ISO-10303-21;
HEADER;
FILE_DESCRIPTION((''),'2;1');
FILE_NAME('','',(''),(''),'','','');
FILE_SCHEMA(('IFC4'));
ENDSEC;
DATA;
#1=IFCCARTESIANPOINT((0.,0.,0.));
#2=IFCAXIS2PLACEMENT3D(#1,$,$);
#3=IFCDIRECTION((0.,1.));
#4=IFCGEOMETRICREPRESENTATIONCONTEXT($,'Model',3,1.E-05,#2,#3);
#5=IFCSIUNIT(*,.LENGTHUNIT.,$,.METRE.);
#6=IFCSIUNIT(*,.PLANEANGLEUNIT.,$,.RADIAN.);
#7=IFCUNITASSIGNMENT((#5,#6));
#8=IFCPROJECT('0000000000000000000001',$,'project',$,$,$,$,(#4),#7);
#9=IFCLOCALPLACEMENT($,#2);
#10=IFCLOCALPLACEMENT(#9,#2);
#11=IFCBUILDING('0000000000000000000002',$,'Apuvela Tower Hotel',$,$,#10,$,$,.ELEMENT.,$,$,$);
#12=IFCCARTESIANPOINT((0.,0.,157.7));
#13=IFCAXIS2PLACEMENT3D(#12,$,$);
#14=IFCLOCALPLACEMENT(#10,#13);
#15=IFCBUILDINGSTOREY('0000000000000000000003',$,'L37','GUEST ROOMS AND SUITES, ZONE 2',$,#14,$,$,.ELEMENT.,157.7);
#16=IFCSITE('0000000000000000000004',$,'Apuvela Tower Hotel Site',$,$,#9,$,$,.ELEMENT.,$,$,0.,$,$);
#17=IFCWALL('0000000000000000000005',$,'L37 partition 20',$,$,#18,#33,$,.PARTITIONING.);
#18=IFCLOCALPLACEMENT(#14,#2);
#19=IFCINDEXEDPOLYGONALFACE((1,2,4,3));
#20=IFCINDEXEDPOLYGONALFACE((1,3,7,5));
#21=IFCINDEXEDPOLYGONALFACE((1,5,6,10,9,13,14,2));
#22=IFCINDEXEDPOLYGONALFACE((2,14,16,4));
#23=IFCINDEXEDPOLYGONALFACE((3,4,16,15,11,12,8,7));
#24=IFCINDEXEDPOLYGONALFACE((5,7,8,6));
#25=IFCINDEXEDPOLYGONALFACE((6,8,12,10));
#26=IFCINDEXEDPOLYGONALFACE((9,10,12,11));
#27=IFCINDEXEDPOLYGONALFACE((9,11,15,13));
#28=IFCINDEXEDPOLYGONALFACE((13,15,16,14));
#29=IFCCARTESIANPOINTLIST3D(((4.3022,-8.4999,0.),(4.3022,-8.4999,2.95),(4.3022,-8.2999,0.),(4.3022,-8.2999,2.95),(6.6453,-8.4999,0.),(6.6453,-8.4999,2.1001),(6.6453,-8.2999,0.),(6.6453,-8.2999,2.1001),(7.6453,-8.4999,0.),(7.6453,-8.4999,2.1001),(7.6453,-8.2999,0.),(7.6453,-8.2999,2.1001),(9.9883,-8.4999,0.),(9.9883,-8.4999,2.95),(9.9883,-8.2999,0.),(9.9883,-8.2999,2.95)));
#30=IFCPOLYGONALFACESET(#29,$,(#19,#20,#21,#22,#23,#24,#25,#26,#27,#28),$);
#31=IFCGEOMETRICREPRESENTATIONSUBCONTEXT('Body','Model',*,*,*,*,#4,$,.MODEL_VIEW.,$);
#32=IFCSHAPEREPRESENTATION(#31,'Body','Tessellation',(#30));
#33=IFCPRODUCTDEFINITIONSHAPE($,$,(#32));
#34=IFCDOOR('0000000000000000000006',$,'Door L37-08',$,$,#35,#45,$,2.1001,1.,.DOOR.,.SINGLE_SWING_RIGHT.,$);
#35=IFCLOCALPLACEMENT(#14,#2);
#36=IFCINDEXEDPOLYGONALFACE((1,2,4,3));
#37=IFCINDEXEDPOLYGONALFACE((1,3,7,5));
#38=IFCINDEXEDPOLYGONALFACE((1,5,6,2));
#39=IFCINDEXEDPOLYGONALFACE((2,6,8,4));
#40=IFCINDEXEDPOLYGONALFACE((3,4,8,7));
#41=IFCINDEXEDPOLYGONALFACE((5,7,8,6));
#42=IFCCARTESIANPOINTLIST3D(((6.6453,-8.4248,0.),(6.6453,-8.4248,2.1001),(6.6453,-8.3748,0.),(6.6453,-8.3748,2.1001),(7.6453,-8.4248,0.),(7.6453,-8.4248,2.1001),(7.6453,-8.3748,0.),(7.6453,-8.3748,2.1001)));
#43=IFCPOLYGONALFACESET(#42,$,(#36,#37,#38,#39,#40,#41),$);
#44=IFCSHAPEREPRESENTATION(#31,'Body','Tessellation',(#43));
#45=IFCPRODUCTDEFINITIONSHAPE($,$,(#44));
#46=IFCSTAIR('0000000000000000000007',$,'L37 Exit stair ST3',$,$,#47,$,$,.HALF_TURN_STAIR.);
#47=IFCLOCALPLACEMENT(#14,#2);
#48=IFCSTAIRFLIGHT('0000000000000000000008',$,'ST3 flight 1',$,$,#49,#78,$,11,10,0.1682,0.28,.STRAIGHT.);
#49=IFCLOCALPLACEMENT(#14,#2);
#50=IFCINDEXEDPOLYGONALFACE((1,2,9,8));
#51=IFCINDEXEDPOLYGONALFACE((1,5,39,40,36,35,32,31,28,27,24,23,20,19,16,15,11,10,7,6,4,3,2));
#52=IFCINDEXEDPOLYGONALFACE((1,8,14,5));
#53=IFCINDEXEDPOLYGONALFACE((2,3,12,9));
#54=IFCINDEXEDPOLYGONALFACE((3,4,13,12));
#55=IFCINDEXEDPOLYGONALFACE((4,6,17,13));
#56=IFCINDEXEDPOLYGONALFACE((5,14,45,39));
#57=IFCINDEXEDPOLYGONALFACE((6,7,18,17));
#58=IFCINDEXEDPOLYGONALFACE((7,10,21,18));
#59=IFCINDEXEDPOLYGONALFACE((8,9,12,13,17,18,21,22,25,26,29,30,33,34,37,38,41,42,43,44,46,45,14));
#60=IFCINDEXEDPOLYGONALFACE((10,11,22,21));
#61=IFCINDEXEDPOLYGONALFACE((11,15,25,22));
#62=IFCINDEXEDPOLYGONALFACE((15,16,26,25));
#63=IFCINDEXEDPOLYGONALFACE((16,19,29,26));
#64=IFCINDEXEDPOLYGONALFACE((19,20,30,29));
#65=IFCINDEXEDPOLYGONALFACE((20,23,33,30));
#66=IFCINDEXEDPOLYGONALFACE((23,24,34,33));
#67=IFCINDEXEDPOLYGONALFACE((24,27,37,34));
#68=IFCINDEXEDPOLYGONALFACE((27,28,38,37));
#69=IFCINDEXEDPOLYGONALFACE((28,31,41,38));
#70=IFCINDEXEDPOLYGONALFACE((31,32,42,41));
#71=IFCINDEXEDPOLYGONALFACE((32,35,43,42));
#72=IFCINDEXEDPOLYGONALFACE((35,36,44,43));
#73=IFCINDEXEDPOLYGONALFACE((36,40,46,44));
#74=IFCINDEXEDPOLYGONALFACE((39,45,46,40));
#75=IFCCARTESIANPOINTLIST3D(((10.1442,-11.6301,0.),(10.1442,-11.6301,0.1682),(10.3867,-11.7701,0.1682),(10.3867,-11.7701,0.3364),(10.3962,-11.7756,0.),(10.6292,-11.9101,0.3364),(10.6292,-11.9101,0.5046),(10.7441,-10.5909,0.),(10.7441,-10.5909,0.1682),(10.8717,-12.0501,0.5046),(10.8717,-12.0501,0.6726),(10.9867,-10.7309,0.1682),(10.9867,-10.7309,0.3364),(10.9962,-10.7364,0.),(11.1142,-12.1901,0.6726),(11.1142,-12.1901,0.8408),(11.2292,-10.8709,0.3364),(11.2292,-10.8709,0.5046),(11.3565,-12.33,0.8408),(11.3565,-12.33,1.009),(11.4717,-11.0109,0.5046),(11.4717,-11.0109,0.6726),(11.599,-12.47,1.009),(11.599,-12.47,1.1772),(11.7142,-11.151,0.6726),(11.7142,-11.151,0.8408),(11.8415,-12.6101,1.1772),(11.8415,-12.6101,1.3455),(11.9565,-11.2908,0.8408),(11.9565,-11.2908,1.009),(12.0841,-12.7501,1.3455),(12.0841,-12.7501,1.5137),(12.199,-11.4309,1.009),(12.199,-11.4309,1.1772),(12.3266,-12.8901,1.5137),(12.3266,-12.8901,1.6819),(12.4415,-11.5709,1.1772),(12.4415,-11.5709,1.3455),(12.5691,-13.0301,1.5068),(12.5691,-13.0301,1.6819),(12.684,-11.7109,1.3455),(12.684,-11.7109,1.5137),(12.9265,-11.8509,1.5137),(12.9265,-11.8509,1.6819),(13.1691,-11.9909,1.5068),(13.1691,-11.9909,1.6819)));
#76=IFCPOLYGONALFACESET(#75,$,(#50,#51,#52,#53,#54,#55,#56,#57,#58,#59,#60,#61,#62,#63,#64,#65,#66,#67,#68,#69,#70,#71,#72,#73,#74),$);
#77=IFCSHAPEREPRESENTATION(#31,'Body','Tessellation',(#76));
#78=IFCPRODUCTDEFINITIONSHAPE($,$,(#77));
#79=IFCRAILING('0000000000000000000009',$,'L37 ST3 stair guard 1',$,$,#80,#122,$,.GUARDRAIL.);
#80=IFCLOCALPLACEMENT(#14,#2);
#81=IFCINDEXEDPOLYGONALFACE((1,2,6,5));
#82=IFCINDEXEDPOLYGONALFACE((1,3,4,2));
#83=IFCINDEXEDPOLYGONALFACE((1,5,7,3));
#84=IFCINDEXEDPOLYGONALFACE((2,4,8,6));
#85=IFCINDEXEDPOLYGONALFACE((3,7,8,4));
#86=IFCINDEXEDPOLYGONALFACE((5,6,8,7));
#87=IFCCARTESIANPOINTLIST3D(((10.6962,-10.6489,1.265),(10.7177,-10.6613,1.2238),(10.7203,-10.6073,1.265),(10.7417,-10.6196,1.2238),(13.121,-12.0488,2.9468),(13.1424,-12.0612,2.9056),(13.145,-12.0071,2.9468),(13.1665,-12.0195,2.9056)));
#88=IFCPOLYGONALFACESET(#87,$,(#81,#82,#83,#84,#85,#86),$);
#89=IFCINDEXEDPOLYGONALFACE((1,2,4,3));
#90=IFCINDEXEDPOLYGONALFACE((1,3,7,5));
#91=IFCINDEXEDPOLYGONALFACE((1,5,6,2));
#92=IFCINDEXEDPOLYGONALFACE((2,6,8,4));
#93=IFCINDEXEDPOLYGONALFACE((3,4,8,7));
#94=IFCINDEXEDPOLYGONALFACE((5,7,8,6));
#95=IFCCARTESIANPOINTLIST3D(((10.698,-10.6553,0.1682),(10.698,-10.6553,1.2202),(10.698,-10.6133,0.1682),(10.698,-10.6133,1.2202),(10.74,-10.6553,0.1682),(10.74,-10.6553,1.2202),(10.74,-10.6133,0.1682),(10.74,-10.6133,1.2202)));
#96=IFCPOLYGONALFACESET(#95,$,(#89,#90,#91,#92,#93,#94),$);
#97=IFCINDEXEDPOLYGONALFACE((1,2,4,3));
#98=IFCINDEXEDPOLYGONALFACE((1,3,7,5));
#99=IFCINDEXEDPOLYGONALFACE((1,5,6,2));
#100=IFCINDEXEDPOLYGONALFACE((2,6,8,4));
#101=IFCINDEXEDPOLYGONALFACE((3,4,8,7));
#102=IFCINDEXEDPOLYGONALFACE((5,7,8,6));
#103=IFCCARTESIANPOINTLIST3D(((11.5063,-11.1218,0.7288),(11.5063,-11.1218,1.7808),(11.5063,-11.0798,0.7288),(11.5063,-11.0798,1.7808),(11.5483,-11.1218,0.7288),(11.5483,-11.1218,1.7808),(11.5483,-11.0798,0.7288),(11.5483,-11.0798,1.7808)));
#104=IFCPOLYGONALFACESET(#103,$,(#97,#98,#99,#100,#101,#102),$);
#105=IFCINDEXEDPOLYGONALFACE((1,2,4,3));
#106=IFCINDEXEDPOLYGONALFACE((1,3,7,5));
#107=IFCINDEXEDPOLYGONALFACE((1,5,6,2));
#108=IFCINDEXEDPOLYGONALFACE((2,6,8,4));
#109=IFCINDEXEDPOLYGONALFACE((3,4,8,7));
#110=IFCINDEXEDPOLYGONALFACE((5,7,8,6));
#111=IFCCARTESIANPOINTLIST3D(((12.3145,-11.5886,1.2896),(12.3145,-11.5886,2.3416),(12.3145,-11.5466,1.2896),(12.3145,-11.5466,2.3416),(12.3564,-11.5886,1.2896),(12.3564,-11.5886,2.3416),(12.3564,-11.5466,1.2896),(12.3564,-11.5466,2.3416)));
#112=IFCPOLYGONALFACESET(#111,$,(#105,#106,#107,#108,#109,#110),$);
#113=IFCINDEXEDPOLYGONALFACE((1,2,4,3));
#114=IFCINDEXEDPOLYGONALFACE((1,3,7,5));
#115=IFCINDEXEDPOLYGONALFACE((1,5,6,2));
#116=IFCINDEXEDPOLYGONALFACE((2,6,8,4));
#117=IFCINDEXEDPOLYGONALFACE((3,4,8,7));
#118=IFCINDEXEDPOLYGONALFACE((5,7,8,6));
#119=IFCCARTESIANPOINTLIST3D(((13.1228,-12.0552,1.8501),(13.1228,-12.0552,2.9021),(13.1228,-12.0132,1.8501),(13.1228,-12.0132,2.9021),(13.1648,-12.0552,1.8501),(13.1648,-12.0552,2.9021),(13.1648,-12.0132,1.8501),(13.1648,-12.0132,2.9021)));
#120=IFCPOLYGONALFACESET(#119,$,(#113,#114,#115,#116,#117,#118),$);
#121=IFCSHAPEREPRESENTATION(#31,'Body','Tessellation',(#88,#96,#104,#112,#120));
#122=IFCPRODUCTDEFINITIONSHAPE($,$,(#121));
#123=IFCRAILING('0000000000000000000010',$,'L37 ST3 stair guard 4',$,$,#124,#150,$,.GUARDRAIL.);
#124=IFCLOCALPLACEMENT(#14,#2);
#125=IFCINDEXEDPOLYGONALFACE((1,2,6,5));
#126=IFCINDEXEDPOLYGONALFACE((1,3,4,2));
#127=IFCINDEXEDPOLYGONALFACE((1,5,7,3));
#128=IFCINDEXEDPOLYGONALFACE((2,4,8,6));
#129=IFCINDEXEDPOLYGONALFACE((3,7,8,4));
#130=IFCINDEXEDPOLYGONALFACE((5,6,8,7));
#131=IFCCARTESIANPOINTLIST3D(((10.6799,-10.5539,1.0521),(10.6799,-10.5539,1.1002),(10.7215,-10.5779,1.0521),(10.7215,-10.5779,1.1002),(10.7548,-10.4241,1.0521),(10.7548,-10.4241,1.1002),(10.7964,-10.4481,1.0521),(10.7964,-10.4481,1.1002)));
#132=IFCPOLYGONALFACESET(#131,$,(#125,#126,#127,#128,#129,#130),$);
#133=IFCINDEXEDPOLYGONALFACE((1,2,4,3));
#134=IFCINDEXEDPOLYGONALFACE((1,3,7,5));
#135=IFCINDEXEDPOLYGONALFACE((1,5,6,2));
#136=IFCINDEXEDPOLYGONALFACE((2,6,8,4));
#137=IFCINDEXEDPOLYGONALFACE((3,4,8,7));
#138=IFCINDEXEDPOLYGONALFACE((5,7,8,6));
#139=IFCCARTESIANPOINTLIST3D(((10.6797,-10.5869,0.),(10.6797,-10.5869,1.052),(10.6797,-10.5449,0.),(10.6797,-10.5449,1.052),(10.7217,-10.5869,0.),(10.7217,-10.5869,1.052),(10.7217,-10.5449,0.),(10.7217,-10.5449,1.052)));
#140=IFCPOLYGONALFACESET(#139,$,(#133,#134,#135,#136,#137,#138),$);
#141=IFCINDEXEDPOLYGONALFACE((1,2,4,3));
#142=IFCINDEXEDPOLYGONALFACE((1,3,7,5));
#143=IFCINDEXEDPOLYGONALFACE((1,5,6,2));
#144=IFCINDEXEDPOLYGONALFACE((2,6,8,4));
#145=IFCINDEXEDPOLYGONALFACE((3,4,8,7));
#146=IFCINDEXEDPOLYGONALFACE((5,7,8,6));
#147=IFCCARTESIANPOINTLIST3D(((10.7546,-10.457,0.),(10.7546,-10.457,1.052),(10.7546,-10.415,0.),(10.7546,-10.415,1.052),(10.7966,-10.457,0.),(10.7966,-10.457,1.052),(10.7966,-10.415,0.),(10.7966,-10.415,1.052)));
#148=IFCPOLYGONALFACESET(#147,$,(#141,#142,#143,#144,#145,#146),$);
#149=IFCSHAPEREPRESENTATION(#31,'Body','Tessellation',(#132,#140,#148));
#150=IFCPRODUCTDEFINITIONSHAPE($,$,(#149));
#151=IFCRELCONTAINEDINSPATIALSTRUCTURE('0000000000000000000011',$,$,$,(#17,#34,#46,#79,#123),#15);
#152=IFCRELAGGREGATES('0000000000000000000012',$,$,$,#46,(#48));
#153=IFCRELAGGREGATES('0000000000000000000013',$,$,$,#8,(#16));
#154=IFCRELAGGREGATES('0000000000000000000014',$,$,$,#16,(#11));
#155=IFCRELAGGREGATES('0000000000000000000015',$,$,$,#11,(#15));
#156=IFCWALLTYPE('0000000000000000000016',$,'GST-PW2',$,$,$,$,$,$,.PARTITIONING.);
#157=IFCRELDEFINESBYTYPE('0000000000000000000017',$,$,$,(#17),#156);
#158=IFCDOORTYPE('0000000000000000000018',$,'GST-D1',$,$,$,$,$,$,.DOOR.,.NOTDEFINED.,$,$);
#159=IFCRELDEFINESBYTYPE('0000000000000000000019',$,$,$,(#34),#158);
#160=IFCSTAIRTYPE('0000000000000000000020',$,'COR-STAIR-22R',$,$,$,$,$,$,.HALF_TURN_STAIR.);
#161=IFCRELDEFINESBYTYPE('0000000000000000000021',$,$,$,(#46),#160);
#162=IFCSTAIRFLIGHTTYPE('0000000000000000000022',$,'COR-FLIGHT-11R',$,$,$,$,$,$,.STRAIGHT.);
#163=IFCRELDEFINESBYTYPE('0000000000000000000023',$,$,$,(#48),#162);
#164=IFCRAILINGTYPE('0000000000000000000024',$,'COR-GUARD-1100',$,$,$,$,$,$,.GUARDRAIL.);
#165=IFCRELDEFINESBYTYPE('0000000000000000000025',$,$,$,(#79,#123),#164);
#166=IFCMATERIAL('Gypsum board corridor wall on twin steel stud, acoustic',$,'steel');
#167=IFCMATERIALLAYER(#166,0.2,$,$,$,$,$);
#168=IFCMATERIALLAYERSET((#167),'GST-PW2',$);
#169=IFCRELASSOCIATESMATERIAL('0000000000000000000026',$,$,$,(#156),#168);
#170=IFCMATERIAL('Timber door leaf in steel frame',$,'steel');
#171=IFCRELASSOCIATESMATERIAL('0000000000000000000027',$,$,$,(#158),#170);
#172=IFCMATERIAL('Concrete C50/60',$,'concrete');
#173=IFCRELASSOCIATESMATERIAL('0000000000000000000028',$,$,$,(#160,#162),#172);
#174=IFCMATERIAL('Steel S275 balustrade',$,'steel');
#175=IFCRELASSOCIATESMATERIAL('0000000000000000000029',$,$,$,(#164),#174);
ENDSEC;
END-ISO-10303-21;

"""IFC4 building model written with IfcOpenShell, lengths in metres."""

from ifc_helpers import new_model, si_unit, direction, frame, frame_2d, origin, origin_2d, place, context, subcontext, project, spatial, polyline, rectangle, outline, extrude, material, layer, layer_set, type_object, element, fill, aggregate, save


model = new_model("IFC4")

# Units and contexts
model_context = context("Model", 3, precision=1e-05, world=origin(), true_north=direction((0.0, 1.0)))
body_context = subcontext(model_context, "Body", "Model", "MODEL_VIEW")
ifc_project = project(units=[si_unit("LENGTHUNIT", "METRE"), si_unit("PLANEANGLEUNIT", "RADIAN")], contexts=[model_context])

# Site, building, storey
site_placement = place(None, origin())
site = spatial("IfcSite", under=ifc_project, at=site_placement, Name="Apuvela Tower Hotel Site", CompositionType="ELEMENT", RefElevation=0.0)
building_placement = place(site_placement, origin())
building = spatial("IfcBuilding", under=site, at=building_placement, Name="Apuvela Tower Hotel", CompositionType="ELEMENT")
storey_placement = place(building_placement, frame((0.0, 0.0, 157.7)))
storey = spatial("IfcBuildingStorey", under=building, at=storey_placement, Name="L37", Description="GUEST ROOMS AND SUITES, ZONE 2", CompositionType="ELEMENT", Elevation=157.7)

# Shared definitions
ifc_material_1 = material(Name="Concrete C50/60", Category="concrete")

# Wall, opening, door
ifc_material_2 = material(Name="Gypsum board corridor wall on twin steel stud, acoustic", Category="steel")
ifc_layer_1 = layer(ifc_material_2, 0.2)
ifc_layer_set_1 = layer_set([ifc_layer_1], Name="GST-PW2")
wall_type_1 = type_object("IfcWallType", Name="GST-PW2", PredefinedType="PARTITIONING", material=ifc_layer_set_1)
ifc_material_3 = material(Name="Timber door leaf in steel frame", Category="steel")
door_type_1 = type_object("IfcDoorType", Name="GST-D1", OperationType="NOTDEFINED", PredefinedType="DOOR", material=ifc_material_3)
wall_1_placement = place(storey_placement, frame((9.9883, -8.3999, 0.0), z_axis=(0.0, 0.0, 1.0), x_axis=(-1.0, 0.0, 0.0)))
wall_1 = element("IfcWall", 1, at=wall_1_placement, inside=storey, type_object=wall_type_1, Name="L37 partition 20", PredefinedType="PARTITIONING", context=body_context, shape_type="SweptSolid", body=[
    extrude(rectangle(XDim=5.686, YDim=0.2, at=frame_2d((2.843, 0.0))), origin(), (0.0, 0.0, 1.0), 2.95),
])
opening_1_placement = place(wall_1_placement, frame((2.343, 0.0, 0.0)))
opening_1 = element("IfcOpeningElement", 2, at=opening_1_placement, cuts=wall_1, PredefinedType="OPENING", context=body_context, shape_type="SweptSolid", body=[
    extrude(rectangle(XDim=1.0, YDim=2.1001, at=frame_2d((0.5, 1.05))), frame((0.0, 0.1099, 0.0), z_axis=(0.0, -1.0, 0.0), x_axis=(1.0, 0.0, 0.0)), (0.0, 0.0, 1.0), 0.22),
])
door_1_placement = place(opening_1_placement, origin())
door_1 = element("IfcDoor", 3, at=door_1_placement, inside=storey, type_object=door_type_1, Name="Door L37-08", OperationType="SINGLE_SWING_RIGHT", OverallHeight=2.1001, OverallWidth=1.0, PredefinedType="DOOR", context=body_context, shape_type="SweptSolid", body=[
    extrude(rectangle(XDim=1.0, YDim=2.1001, at=frame_2d((0.5, 1.05))), frame((0.0, 0.0249, 0.0), z_axis=(0.0, -1.0, 0.0), x_axis=(1.0, 0.0, 0.0)), (0.0, 0.0, 1.0), 0.05),
])
fill(opening_1, door_1)

# Stair, stair flight
stair_type = type_object("IfcStairType", Name="COR-STAIR-22R", PredefinedType="HALF_TURN_STAIR", material=ifc_material_1)
stair_placement = place(storey_placement, origin())
stair = element("IfcStair", 4, at=stair_placement, inside=storey, type_object=stair_type, Name="L37 Exit stair ST3", PredefinedType="HALF_TURN_STAIR")
stair_flight_type = type_object("IfcStairFlightType", Name="COR-FLIGHT-11R", PredefinedType="STRAIGHT", material=ifc_material_1)
stair_flight_placement = place(storey_placement, frame((10.4441, -11.1106, 0.0), z_axis=(0.0, 0.0, 1.0), x_axis=(0.866025, -0.5, 0.0)))
stair_flight = element("IfcStairFlight", 5, at=stair_flight_placement, type_object=stair_flight_type, Name="ST3 flight 1", NumberOfRisers=11, NumberOfTreads=10, PredefinedType="STRAIGHT", RiserHeight=0.1682, TreadLength=0.28, context=body_context, shape_type="SweptSolid", body=[
    extrude(outline(polyline([(0.0, 0.0), (0.0, 0.1682), (0.28, 0.1682), (0.28, 0.3364), (0.5601, 0.3364), (0.5601, 0.5046), (0.8401, 0.5046), (0.8401, 0.6726), (1.1201, 0.6726), (1.1201, 0.8408), (1.3999, 0.8408), (1.3999, 1.009), (1.6799, 1.009), (1.6799, 1.1772), (1.96, 1.1772), (1.96, 1.3455), (2.24, 1.3455), (2.24, 1.5137), (2.52, 1.5137), (2.52, 1.6819), (2.8, 1.6819), (2.8, 1.8501), (2.8, 1.5068), (0.291, 0.0), (0.0, 0.0)])), frame((0.0, 0.6001, 0.0), z_axis=(0.0, -1.0, 0.0), x_axis=(1.0, 0.0, 0.0)), (0.0, 0.0, 1.0), 1.2),
])
aggregate(stair, [stair_flight])

# Railings
ifc_material_4 = material(Name="Steel S275 balustrade", Category="steel")
railing_type_1 = type_object("IfcRailingType", Name="COR-GUARD-1100", PredefinedType="GUARDRAIL", material=ifc_material_4)
railing_1_placement = place(storey_placement, frame((10.719, -10.6343, 0.1682)))
element("IfcRailing", 6, at=railing_1_placement, inside=storey, type_object=railing_type_1, Name="L37 ST3 stair guard 1", PredefinedType="GUARDRAIL", context=body_context, shape_type="SweptSolid", body=[
    extrude(rectangle(XDim=0.0481, YDim=0.0481, at=origin_2d()), frame((0.0, 0.0, 1.0762), z_axis=(0.74239, -0.428601, 0.514934), x_axis=(0.499984, 0.866035, 0.0)), (0.0, 0.0, 1.0), 3.2661),
    extrude(rectangle(XDim=0.042, YDim=0.042, at=origin_2d()), origin(), (0.0, 0.0, 1.0), 1.052),
    extrude(rectangle(XDim=0.042, YDim=0.042, at=origin_2d()), frame((0.8083, -0.4666, 0.5605)), (0.0, 0.0, 1.0), 1.052),
    extrude(rectangle(XDim=0.042, YDim=0.042, at=origin_2d()), frame((1.6165, -0.9333, 1.1213)), (0.0, 0.0, 1.0), 1.052),
    extrude(rectangle(XDim=0.042, YDim=0.042, at=origin_2d()), frame((2.4248, -1.3999, 1.6819)), (0.0, 0.0, 1.0), 1.052),
])
railing_2_placement = place(storey_placement, frame((10.7007, -10.5659, 0.0)))
element("IfcRailing", 7, at=railing_2_placement, inside=storey, type_object=railing_type_1, Name="L37 ST3 stair guard 4", PredefinedType="GUARDRAIL", context=body_context, shape_type="SweptSolid", body=[
    extrude(rectangle(XDim=0.0481, YDim=0.0481, at=origin_2d()), frame((0.0, 0.0, 1.0762), z_axis=(0.499816, 0.866131, 0.0), x_axis=(-0.866131, 0.499816, 0.0)), (0.0, 0.0, 1.0), 0.1499),
    extrude(rectangle(XDim=0.042, YDim=0.042, at=origin_2d()), origin(), (0.0, 0.0, 1.0), 1.052),
    extrude(rectangle(XDim=0.042, YDim=0.042, at=origin_2d()), frame((0.075, 0.1299, 0.0)), (0.0, 0.0, 1.0), 1.052),
])

save(model, "model.ifc")
